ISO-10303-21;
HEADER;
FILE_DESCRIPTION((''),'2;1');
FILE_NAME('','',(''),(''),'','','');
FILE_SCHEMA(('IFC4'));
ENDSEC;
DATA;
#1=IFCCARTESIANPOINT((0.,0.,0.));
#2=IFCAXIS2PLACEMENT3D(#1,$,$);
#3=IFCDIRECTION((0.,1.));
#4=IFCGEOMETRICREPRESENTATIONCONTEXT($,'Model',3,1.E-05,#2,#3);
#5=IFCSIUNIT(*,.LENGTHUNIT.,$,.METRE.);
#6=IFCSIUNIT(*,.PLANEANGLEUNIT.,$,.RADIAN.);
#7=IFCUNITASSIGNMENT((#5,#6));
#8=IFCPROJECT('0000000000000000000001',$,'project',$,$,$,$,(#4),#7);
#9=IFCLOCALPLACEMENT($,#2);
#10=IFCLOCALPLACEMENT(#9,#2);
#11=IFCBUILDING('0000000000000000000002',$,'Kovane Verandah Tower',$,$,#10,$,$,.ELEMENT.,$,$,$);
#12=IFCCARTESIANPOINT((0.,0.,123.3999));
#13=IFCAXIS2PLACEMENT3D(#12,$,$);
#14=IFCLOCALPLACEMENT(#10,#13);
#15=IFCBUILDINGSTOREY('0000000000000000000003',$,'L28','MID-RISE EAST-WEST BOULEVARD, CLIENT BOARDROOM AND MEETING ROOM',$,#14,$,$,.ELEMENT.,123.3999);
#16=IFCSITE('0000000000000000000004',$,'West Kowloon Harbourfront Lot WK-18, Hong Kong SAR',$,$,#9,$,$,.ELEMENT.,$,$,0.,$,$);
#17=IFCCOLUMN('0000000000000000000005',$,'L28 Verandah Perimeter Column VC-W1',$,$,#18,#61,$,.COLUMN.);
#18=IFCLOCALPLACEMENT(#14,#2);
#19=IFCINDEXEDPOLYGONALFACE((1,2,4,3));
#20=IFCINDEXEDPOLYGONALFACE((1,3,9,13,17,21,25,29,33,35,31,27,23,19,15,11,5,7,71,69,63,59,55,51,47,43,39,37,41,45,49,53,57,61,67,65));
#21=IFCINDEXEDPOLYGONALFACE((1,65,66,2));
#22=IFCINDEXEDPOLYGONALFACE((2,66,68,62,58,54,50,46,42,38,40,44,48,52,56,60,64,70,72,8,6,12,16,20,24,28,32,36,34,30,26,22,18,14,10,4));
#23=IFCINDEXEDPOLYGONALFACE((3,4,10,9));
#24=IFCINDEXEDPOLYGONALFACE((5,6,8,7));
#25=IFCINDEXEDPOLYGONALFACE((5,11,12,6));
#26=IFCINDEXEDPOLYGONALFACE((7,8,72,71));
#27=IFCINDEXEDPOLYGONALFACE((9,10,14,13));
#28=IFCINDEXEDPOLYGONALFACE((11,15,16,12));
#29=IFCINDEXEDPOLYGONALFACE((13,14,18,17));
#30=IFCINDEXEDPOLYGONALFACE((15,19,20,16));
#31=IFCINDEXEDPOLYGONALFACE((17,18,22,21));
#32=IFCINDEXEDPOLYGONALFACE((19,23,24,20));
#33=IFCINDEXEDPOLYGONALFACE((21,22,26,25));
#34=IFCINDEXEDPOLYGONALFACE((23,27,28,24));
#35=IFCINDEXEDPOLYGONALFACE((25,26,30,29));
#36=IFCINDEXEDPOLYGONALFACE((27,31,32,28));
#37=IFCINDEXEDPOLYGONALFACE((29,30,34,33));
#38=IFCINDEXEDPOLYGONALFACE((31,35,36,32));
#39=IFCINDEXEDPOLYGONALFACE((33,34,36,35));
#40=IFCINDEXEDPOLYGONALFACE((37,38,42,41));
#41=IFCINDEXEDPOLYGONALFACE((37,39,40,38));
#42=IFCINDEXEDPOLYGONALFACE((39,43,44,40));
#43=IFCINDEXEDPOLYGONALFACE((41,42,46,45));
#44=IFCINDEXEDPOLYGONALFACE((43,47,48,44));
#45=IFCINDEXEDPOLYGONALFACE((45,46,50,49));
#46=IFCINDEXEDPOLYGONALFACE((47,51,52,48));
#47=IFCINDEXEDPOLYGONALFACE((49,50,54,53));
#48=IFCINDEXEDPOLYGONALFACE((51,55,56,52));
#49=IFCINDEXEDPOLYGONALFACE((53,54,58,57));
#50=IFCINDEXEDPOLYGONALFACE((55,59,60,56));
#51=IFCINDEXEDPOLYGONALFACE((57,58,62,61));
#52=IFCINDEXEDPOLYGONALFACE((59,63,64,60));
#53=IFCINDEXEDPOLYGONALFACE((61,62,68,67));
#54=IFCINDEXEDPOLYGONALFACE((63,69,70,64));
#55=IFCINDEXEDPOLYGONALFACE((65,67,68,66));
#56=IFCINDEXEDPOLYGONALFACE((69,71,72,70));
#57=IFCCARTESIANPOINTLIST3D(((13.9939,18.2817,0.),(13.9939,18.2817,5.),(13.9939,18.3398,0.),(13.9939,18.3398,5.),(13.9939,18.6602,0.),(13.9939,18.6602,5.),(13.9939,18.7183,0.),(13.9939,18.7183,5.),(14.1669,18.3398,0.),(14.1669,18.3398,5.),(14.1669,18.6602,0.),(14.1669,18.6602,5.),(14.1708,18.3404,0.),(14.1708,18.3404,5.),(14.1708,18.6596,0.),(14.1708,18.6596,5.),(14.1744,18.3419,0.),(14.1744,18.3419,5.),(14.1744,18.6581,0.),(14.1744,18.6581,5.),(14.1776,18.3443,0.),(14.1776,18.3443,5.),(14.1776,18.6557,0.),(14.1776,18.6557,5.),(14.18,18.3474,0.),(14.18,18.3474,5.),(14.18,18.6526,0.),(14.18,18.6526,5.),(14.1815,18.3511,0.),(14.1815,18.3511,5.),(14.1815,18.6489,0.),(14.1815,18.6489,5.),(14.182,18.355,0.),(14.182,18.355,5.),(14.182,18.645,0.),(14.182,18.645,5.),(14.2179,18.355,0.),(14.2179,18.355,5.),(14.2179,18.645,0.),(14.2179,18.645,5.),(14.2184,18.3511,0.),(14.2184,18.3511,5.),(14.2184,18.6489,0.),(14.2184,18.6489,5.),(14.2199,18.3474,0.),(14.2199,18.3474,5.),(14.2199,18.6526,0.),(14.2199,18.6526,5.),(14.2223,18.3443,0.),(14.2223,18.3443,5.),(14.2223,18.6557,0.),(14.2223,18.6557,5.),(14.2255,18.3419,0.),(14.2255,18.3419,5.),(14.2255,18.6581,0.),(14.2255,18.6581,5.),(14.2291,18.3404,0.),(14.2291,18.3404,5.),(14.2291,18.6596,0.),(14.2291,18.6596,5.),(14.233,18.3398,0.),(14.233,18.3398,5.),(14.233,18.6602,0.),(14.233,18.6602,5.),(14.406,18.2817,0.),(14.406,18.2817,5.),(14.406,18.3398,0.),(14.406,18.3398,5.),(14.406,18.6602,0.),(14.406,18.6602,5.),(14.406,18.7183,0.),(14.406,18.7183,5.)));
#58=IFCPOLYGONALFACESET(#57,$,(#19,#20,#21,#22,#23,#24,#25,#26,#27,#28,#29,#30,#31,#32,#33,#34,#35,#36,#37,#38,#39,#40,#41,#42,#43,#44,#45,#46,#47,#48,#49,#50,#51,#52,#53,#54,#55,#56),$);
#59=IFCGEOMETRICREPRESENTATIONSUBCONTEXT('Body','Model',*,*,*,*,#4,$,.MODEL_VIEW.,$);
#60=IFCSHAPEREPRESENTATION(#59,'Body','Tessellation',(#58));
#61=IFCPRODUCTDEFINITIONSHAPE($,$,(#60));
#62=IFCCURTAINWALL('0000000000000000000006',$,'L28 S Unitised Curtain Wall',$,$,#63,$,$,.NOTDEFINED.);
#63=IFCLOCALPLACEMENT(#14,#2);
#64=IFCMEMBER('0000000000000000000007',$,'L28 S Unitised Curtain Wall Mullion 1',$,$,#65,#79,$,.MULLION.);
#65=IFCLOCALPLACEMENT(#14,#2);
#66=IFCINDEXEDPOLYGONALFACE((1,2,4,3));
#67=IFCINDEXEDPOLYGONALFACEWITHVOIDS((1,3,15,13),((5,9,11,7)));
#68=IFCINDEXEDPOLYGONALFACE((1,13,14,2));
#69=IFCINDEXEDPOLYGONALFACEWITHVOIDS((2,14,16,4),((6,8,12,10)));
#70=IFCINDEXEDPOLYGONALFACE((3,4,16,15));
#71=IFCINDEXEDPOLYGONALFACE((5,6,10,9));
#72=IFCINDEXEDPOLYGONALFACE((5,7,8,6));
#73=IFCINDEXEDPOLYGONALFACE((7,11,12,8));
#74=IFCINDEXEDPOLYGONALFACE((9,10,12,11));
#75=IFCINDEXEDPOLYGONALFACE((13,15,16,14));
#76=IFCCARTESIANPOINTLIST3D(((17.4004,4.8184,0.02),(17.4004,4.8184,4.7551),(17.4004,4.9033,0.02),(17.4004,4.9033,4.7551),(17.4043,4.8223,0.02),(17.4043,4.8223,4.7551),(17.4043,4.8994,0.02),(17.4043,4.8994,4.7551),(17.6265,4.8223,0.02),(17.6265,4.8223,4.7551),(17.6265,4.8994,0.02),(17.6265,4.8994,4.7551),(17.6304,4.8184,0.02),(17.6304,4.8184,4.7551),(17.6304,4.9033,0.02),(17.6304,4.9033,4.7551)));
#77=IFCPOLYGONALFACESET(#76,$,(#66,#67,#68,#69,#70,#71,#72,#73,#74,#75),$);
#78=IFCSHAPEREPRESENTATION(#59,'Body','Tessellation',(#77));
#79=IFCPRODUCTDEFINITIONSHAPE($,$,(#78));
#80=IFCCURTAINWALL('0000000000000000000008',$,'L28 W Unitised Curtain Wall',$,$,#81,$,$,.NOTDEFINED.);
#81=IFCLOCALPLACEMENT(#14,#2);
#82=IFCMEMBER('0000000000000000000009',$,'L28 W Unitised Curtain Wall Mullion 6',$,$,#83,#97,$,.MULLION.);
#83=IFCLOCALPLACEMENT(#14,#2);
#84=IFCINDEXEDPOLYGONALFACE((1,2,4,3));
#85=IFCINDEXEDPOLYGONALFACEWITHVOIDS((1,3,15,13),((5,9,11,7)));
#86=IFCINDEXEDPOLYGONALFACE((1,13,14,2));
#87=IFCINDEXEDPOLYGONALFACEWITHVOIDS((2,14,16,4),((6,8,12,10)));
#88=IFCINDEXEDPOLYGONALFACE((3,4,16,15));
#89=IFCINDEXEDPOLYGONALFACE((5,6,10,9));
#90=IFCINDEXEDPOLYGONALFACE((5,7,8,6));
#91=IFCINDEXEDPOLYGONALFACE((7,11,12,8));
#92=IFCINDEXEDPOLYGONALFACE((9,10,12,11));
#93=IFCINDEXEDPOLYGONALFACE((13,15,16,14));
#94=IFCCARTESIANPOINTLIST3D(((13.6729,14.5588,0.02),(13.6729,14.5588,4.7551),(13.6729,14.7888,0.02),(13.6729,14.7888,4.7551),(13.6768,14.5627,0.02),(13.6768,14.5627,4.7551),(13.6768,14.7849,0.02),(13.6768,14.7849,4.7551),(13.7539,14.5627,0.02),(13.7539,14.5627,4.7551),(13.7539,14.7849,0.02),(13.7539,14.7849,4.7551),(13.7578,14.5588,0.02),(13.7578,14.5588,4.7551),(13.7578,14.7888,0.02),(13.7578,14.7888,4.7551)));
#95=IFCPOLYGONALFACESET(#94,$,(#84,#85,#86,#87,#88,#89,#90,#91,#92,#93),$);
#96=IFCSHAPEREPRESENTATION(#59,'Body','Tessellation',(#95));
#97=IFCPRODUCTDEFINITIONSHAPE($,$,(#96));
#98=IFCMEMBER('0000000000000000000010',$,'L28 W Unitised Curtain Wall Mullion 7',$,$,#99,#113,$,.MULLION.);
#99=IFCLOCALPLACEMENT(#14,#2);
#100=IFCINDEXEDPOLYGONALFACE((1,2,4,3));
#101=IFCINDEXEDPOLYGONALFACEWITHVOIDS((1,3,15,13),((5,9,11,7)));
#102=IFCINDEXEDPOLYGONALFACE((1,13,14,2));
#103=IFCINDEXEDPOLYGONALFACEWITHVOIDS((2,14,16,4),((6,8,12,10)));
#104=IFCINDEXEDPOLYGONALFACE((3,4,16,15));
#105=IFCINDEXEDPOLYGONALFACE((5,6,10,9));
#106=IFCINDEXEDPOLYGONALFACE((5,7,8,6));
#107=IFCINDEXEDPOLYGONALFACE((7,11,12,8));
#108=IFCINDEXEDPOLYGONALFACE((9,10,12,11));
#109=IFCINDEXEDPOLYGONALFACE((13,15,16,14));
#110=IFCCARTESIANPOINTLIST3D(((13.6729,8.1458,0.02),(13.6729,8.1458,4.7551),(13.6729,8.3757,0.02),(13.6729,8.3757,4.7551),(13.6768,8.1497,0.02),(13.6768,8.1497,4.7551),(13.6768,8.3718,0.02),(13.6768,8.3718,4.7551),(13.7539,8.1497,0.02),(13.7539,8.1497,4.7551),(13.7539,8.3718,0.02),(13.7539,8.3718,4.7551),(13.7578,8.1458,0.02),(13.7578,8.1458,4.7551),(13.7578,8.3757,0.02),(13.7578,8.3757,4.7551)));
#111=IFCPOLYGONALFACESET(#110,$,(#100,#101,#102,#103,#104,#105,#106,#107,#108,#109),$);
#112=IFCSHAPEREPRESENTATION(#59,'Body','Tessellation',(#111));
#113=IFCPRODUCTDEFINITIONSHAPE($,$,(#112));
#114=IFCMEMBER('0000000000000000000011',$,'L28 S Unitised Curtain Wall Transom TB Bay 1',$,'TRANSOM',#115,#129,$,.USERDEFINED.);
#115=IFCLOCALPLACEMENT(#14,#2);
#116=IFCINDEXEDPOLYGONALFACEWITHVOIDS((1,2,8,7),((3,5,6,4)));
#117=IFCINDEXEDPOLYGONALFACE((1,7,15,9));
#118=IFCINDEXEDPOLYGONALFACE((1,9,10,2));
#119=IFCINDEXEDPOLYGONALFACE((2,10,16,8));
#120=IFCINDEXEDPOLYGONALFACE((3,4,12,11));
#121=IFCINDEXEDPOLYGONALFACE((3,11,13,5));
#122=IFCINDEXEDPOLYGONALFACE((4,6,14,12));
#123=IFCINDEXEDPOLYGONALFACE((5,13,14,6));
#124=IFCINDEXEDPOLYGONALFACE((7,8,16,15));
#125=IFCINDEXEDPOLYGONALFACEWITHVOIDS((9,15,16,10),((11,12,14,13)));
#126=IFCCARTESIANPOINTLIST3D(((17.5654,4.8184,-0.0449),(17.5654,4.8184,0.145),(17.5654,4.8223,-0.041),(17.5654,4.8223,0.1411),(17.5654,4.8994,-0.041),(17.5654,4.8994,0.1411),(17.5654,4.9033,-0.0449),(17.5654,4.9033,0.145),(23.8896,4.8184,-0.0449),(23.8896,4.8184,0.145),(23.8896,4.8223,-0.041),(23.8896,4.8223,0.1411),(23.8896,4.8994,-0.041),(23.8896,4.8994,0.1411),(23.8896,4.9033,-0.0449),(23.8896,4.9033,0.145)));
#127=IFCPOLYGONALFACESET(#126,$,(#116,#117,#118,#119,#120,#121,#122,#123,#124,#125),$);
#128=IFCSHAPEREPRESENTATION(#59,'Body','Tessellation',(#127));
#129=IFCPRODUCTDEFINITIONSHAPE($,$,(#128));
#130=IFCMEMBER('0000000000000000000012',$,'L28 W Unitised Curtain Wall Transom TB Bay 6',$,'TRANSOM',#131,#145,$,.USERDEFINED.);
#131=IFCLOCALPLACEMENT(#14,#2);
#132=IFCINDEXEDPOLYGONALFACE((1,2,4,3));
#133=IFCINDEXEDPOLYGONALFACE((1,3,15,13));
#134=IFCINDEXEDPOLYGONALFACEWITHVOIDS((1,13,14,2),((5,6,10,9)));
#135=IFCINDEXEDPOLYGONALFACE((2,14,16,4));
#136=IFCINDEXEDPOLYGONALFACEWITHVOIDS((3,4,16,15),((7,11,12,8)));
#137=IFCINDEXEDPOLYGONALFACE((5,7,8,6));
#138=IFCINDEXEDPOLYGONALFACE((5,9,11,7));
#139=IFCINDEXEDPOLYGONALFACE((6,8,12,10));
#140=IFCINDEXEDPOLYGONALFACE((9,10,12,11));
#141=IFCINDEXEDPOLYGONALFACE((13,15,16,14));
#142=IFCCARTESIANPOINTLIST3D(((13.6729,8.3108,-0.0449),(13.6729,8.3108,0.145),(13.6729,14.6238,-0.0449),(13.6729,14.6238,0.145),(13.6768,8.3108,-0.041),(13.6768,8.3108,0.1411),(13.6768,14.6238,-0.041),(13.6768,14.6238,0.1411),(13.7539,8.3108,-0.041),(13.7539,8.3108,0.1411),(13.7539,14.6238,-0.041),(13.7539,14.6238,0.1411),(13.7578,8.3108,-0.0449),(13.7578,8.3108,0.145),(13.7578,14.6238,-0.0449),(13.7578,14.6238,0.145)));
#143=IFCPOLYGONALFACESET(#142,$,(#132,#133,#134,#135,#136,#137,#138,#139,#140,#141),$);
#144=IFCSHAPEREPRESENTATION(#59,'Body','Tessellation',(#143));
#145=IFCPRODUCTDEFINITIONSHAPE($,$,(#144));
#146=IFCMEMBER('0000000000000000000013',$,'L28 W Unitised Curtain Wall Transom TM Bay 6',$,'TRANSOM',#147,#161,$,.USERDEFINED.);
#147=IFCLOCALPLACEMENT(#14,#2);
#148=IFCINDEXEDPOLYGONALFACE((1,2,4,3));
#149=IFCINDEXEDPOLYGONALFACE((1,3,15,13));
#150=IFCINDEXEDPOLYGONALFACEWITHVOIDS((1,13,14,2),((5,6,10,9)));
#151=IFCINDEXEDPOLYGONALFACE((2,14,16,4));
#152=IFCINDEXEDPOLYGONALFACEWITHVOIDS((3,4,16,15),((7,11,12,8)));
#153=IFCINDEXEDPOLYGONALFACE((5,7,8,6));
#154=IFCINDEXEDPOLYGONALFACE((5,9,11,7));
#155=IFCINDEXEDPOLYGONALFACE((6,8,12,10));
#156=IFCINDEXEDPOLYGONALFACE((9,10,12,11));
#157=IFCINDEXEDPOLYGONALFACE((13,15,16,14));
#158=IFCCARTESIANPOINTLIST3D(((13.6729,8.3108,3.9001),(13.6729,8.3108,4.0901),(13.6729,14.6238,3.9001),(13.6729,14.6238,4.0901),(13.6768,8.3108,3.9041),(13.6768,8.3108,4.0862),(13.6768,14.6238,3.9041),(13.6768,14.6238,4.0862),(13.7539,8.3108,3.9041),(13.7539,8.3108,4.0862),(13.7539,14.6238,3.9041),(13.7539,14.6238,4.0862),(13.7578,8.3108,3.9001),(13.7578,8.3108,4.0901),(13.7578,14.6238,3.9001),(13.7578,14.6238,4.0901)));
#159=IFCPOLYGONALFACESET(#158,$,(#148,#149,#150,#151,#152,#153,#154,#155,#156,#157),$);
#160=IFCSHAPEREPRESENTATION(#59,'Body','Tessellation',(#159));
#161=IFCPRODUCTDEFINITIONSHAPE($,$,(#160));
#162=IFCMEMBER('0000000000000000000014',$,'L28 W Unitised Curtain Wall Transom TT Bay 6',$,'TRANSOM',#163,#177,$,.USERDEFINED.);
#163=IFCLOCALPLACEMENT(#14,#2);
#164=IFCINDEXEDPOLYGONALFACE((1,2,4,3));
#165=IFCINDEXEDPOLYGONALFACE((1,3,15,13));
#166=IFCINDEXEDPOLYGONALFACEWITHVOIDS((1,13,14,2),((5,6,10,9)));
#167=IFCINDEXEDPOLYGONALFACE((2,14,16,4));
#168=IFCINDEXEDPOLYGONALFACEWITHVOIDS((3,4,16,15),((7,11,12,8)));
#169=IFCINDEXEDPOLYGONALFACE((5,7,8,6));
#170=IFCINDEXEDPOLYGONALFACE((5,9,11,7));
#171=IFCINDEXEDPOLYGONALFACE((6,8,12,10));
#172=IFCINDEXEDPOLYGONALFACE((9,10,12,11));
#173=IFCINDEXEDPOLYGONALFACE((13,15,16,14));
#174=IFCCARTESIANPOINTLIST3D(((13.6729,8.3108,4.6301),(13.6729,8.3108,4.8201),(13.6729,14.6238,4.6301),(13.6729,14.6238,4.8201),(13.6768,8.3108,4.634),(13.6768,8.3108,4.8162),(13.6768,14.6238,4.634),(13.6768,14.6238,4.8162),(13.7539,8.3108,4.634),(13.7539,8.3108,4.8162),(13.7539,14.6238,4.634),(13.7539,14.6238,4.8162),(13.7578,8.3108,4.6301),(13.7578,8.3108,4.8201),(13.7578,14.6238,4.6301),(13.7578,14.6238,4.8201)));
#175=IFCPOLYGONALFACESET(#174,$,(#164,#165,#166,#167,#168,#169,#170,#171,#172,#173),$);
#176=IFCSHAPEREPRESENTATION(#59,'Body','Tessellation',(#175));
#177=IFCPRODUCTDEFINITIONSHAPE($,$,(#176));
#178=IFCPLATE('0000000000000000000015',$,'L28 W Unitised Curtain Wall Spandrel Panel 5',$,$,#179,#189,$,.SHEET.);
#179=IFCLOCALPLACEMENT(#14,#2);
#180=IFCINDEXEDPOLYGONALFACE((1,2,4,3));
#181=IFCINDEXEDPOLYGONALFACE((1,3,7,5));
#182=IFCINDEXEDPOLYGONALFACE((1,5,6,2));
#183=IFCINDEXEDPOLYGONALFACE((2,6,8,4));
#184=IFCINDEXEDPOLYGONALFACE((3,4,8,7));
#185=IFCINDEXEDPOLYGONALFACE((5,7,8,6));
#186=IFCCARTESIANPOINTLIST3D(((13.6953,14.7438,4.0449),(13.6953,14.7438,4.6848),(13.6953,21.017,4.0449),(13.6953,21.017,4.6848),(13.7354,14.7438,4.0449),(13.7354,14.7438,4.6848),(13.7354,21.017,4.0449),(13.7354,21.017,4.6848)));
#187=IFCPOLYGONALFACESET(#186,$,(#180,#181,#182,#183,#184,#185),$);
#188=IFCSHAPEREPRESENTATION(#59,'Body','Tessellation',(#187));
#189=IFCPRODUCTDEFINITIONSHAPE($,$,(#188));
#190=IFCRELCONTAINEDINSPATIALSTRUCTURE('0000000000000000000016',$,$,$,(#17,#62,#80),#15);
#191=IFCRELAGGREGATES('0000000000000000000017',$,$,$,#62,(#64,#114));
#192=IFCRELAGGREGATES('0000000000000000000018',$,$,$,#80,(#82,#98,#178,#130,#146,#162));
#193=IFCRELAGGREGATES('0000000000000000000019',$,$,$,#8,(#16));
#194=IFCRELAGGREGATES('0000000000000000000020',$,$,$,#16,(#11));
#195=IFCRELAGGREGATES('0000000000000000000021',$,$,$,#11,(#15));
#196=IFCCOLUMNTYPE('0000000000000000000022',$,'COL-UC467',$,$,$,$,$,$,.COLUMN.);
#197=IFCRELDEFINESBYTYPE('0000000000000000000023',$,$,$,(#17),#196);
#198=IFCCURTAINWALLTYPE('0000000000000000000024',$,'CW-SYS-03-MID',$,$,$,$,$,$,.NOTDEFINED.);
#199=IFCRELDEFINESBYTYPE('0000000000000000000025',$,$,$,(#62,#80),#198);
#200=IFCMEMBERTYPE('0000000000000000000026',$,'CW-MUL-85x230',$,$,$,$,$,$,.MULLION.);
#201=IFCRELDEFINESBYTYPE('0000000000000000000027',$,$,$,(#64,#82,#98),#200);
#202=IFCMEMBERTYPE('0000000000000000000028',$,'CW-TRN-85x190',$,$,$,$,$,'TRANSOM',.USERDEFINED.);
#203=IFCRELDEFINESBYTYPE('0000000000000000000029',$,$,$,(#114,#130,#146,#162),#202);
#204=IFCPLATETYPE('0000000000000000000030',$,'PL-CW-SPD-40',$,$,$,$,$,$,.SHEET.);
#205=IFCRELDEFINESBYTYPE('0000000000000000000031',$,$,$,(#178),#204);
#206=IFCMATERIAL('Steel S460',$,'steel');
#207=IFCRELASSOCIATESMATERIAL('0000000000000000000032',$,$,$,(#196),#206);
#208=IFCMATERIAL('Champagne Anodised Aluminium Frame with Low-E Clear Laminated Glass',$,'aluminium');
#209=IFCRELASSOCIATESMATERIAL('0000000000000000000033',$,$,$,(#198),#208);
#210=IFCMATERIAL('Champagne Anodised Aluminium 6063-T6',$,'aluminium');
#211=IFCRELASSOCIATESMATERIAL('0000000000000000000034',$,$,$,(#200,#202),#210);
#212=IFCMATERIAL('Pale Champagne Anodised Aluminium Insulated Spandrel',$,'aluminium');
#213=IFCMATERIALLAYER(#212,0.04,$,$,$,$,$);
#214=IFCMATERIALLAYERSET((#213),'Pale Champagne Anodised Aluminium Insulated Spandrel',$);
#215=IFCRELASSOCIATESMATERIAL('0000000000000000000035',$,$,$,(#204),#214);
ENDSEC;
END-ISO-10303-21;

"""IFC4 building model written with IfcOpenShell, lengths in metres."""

from ifc_helpers import new_model, si_unit, direction, frame, origin, origin_2d, place, context, subcontext, project, spatial, rectangle, hollow_rectangle, i_section, extrude, material, layer, layer_set, material_profile, profile_set, type_object, element, aggregate, save


model = new_model("IFC4")

# Units and contexts
model_context = context("Model", 3, precision=1e-05, world=origin(), true_north=direction((0.0, 1.0)))
body_context = subcontext(model_context, "Body", "Model", "MODEL_VIEW")
ifc_project = project(units=[si_unit("LENGTHUNIT", "METRE"), si_unit("PLANEANGLEUNIT", "RADIAN")], contexts=[model_context])

# Site, building, storey
site_placement = place(None, origin())
site = spatial("IfcSite", under=ifc_project, at=site_placement, Name="West Kowloon Harbourfront Lot WK-18, Hong Kong SAR", CompositionType="ELEMENT", RefElevation=0.0)
building_placement = place(site_placement, origin())
building = spatial("IfcBuilding", under=site, at=building_placement, Name="Kovane Verandah Tower", CompositionType="ELEMENT")
storey_placement = place(building_placement, frame((0.0, 0.0, 123.3999)))
storey = spatial("IfcBuildingStorey", under=building, at=storey_placement, Name="L28", Description="MID-RISE EAST-WEST BOULEVARD, CLIENT BOARDROOM AND MEETING ROOM", CompositionType="ELEMENT", Elevation=123.3999)

# Column
ifc_material_1 = material(Name="Steel S460", Category="steel")
ifc_material_profile_1 = material_profile(ifc_material_1, i_section(OverallWidth=0.4121, OverallDepth=0.4365, WebThickness=0.0359, FlangeThickness=0.0581, FilletRadius=0.0151, at=origin_2d()), Name="UC356x406x467")
ifc_profile_set_1 = profile_set([ifc_material_profile_1], Name="Steel S460")
column_type = type_object("IfcColumnType", Name="COL-UC467", PredefinedType="COLUMN", material=ifc_profile_set_1)
column_placement = place(storey_placement, frame((14.2, 18.5, 0.0), z_axis=(0.0, 0.0, 1.0), x_axis=(1.0, 0.0, 0.0)))
element("IfcColumn", 1, at=column_placement, inside=storey, type_object=column_type, Name="L28 Verandah Perimeter Column VC-W1", PredefinedType="COLUMN", context=body_context, shape_type="SweptSolid", body=[
    extrude(i_section(OverallWidth=0.4121, OverallDepth=0.4365, WebThickness=0.0359, FlangeThickness=0.0581, FilletRadius=0.0151, at=origin_2d()), origin(), (0.0, 0.0, 1.0), 5.0),
])

# Curtain wall, member
ifc_material_2 = material(Name="Champagne Anodised Aluminium Frame with Low-E Clear Laminated Glass", Category="aluminium")
curtain_wall_type = type_object("IfcCurtainWallType", Name="CW-SYS-03-MID", PredefinedType="NOTDEFINED", material=ifc_material_2)
curtain_wall_1_placement = place(storey_placement, origin())
curtain_wall_1 = element("IfcCurtainWall", 2, at=curtain_wall_1_placement, inside=storey, type_object=curtain_wall_type, Name="L28 S Unitised Curtain Wall", PredefinedType="NOTDEFINED")
ifc_material_3 = material(Name="Champagne Anodised Aluminium 6063-T6", Category="aluminium")
ifc_material_profile_2 = material_profile(ifc_material_3, hollow_rectangle(XDim=0.085, YDim=0.23, WallThickness=0.0039, at=origin_2d()), Name="AL85x230x4")
ifc_profile_set_2 = profile_set([ifc_material_profile_2], Name="Champagne Anodised Aluminium 6063-T6")
member_type_1 = type_object("IfcMemberType", Name="CW-MUL-85x230", PredefinedType="MULLION", material=ifc_profile_set_2)
member_1_placement = place(storey_placement, frame((17.5154, 4.8608, 0.02), z_axis=(0.0, 0.0, 1.0), x_axis=(0.0, -1.0, 0.0)))
member_1 = element("IfcMember", 3, at=member_1_placement, type_object=member_type_1, Name="L28 S Unitised Curtain Wall Mullion 1", PredefinedType="MULLION", context=body_context, shape_type="SweptSolid", body=[
    extrude(hollow_rectangle(XDim=0.085, YDim=0.23, WallThickness=0.0039, at=origin_2d()), origin(), (0.0, 0.0, 1.0), 4.7351),
])

# Curtain wall, members
curtain_wall_2_placement = place(storey_placement, origin())
curtain_wall_2 = element("IfcCurtainWall", 4, at=curtain_wall_2_placement, inside=storey, type_object=curtain_wall_type, Name="L28 W Unitised Curtain Wall", PredefinedType="NOTDEFINED")
member_2_placement = place(storey_placement, frame((13.7153, 14.6738, 0.02), z_axis=(0.0, 0.0, 1.0), x_axis=(-1.0, 0.0, 0.0)))
member_2 = element("IfcMember", 5, at=member_2_placement, type_object=member_type_1, Name="L28 W Unitised Curtain Wall Mullion 6", PredefinedType="MULLION", context=body_context, shape_type="SweptSolid", body=[
    extrude(hollow_rectangle(XDim=0.085, YDim=0.23, WallThickness=0.0039, at=origin_2d()), origin(), (0.0, 0.0, 1.0), 4.7351),
])
member_3_placement = place(storey_placement, frame((13.7153, 8.2607, 0.02), z_axis=(0.0, 0.0, 1.0), x_axis=(-1.0, 0.0, 0.0)))
member_3 = element("IfcMember", 6, at=member_3_placement, type_object=member_type_1, Name="L28 W Unitised Curtain Wall Mullion 7", PredefinedType="MULLION", context=body_context, shape_type="SweptSolid", body=[
    extrude(hollow_rectangle(XDim=0.085, YDim=0.23, WallThickness=0.0039, at=origin_2d()), origin(), (0.0, 0.0, 1.0), 4.7351),
])

# Members
ifc_material_profile_3 = material_profile(ifc_material_3, hollow_rectangle(XDim=0.085, YDim=0.1899, WallThickness=0.0039, at=origin_2d()), Name="AL85x190x4")
ifc_profile_set_3 = profile_set([ifc_material_profile_3], Name="Champagne Anodised Aluminium 6063-T6")
member_type_2 = type_object("IfcMemberType", Name="CW-TRN-85x190", ElementType="TRANSOM", PredefinedType="USERDEFINED", material=ifc_profile_set_3)
member_4_placement = place(storey_placement, frame((17.5654, 4.8608, 0.05), z_axis=(1.0, 0.0, 0.0), x_axis=(0.0, 1.0, 0.0)))
member_4 = element("IfcMember", 7, at=member_4_placement, type_object=member_type_2, Name="L28 S Unitised Curtain Wall Transom TB Bay 1", ObjectType="TRANSOM", PredefinedType="USERDEFINED", context=body_context, shape_type="SweptSolid", body=[
    extrude(hollow_rectangle(XDim=0.085, YDim=0.1899, WallThickness=0.0039, at=origin_2d()), origin(), (0.0, 0.0, 1.0), 6.3242),
])
aggregate(curtain_wall_1, [member_1, member_4])
member_5_placement = place(storey_placement, frame((13.7153, 14.6238, 0.05), z_axis=(0.0, -1.0, 0.0), x_axis=(1.0, 0.0, 0.0)))
member_5 = element("IfcMember", 8, at=member_5_placement, type_object=member_type_2, Name="L28 W Unitised Curtain Wall Transom TB Bay 6", ObjectType="TRANSOM", PredefinedType="USERDEFINED", context=body_context, shape_type="SweptSolid", body=[
    extrude(hollow_rectangle(XDim=0.085, YDim=0.1899, WallThickness=0.0039, at=origin_2d()), origin(), (0.0, 0.0, 1.0), 6.313),
])
member_6_placement = place(storey_placement, frame((13.7153, 14.6238, 3.9951), z_axis=(0.0, -1.0, 0.0), x_axis=(1.0, 0.0, 0.0)))
member_6 = element("IfcMember", 9, at=member_6_placement, type_object=member_type_2, Name="L28 W Unitised Curtain Wall Transom TM Bay 6", ObjectType="TRANSOM", PredefinedType="USERDEFINED", context=body_context, shape_type="SweptSolid", body=[
    extrude(hollow_rectangle(XDim=0.085, YDim=0.1899, WallThickness=0.0039, at=origin_2d()), origin(), (0.0, 0.0, 1.0), 6.313),
])
member_7_placement = place(storey_placement, frame((13.7153, 14.6238, 4.7251), z_axis=(0.0, -1.0, 0.0), x_axis=(1.0, 0.0, 0.0)))
member_7 = element("IfcMember", 10, at=member_7_placement, type_object=member_type_2, Name="L28 W Unitised Curtain Wall Transom TT Bay 6", ObjectType="TRANSOM", PredefinedType="USERDEFINED", context=body_context, shape_type="SweptSolid", body=[
    extrude(hollow_rectangle(XDim=0.085, YDim=0.1899, WallThickness=0.0039, at=origin_2d()), origin(), (0.0, 0.0, 1.0), 6.313),
])

# Plate
ifc_material_4 = material(Name="Pale Champagne Anodised Aluminium Insulated Spandrel", Category="aluminium")
ifc_layer_1 = layer(ifc_material_4, 0.04)
ifc_layer_set_1 = layer_set([ifc_layer_1], Name="Pale Champagne Anodised Aluminium Insulated Spandrel")
plate_type_1 = type_object("IfcPlateType", Name="PL-CW-SPD-40", PredefinedType="SHEET", material=ifc_layer_set_1)
plate_1_placement = place(storey_placement, frame((13.7153, 17.8804, 4.0449), z_axis=(0.0, 0.0, 1.0), x_axis=(0.0, -1.0, 0.0)))
plate_1 = element("IfcPlate", 11, at=plate_1_placement, type_object=plate_type_1, Name="L28 W Unitised Curtain Wall Spandrel Panel 5", PredefinedType="SHEET", context=body_context, shape_type="SweptSolid", body=[
    extrude(rectangle(XDim=6.2732, YDim=0.04, at=origin_2d()), origin(), (0.0, 0.0, 1.0), 0.6399),
])
aggregate(curtain_wall_2, [member_2, member_3, plate_1, member_5, member_6, member_7])

save(model, "model.ifc")
